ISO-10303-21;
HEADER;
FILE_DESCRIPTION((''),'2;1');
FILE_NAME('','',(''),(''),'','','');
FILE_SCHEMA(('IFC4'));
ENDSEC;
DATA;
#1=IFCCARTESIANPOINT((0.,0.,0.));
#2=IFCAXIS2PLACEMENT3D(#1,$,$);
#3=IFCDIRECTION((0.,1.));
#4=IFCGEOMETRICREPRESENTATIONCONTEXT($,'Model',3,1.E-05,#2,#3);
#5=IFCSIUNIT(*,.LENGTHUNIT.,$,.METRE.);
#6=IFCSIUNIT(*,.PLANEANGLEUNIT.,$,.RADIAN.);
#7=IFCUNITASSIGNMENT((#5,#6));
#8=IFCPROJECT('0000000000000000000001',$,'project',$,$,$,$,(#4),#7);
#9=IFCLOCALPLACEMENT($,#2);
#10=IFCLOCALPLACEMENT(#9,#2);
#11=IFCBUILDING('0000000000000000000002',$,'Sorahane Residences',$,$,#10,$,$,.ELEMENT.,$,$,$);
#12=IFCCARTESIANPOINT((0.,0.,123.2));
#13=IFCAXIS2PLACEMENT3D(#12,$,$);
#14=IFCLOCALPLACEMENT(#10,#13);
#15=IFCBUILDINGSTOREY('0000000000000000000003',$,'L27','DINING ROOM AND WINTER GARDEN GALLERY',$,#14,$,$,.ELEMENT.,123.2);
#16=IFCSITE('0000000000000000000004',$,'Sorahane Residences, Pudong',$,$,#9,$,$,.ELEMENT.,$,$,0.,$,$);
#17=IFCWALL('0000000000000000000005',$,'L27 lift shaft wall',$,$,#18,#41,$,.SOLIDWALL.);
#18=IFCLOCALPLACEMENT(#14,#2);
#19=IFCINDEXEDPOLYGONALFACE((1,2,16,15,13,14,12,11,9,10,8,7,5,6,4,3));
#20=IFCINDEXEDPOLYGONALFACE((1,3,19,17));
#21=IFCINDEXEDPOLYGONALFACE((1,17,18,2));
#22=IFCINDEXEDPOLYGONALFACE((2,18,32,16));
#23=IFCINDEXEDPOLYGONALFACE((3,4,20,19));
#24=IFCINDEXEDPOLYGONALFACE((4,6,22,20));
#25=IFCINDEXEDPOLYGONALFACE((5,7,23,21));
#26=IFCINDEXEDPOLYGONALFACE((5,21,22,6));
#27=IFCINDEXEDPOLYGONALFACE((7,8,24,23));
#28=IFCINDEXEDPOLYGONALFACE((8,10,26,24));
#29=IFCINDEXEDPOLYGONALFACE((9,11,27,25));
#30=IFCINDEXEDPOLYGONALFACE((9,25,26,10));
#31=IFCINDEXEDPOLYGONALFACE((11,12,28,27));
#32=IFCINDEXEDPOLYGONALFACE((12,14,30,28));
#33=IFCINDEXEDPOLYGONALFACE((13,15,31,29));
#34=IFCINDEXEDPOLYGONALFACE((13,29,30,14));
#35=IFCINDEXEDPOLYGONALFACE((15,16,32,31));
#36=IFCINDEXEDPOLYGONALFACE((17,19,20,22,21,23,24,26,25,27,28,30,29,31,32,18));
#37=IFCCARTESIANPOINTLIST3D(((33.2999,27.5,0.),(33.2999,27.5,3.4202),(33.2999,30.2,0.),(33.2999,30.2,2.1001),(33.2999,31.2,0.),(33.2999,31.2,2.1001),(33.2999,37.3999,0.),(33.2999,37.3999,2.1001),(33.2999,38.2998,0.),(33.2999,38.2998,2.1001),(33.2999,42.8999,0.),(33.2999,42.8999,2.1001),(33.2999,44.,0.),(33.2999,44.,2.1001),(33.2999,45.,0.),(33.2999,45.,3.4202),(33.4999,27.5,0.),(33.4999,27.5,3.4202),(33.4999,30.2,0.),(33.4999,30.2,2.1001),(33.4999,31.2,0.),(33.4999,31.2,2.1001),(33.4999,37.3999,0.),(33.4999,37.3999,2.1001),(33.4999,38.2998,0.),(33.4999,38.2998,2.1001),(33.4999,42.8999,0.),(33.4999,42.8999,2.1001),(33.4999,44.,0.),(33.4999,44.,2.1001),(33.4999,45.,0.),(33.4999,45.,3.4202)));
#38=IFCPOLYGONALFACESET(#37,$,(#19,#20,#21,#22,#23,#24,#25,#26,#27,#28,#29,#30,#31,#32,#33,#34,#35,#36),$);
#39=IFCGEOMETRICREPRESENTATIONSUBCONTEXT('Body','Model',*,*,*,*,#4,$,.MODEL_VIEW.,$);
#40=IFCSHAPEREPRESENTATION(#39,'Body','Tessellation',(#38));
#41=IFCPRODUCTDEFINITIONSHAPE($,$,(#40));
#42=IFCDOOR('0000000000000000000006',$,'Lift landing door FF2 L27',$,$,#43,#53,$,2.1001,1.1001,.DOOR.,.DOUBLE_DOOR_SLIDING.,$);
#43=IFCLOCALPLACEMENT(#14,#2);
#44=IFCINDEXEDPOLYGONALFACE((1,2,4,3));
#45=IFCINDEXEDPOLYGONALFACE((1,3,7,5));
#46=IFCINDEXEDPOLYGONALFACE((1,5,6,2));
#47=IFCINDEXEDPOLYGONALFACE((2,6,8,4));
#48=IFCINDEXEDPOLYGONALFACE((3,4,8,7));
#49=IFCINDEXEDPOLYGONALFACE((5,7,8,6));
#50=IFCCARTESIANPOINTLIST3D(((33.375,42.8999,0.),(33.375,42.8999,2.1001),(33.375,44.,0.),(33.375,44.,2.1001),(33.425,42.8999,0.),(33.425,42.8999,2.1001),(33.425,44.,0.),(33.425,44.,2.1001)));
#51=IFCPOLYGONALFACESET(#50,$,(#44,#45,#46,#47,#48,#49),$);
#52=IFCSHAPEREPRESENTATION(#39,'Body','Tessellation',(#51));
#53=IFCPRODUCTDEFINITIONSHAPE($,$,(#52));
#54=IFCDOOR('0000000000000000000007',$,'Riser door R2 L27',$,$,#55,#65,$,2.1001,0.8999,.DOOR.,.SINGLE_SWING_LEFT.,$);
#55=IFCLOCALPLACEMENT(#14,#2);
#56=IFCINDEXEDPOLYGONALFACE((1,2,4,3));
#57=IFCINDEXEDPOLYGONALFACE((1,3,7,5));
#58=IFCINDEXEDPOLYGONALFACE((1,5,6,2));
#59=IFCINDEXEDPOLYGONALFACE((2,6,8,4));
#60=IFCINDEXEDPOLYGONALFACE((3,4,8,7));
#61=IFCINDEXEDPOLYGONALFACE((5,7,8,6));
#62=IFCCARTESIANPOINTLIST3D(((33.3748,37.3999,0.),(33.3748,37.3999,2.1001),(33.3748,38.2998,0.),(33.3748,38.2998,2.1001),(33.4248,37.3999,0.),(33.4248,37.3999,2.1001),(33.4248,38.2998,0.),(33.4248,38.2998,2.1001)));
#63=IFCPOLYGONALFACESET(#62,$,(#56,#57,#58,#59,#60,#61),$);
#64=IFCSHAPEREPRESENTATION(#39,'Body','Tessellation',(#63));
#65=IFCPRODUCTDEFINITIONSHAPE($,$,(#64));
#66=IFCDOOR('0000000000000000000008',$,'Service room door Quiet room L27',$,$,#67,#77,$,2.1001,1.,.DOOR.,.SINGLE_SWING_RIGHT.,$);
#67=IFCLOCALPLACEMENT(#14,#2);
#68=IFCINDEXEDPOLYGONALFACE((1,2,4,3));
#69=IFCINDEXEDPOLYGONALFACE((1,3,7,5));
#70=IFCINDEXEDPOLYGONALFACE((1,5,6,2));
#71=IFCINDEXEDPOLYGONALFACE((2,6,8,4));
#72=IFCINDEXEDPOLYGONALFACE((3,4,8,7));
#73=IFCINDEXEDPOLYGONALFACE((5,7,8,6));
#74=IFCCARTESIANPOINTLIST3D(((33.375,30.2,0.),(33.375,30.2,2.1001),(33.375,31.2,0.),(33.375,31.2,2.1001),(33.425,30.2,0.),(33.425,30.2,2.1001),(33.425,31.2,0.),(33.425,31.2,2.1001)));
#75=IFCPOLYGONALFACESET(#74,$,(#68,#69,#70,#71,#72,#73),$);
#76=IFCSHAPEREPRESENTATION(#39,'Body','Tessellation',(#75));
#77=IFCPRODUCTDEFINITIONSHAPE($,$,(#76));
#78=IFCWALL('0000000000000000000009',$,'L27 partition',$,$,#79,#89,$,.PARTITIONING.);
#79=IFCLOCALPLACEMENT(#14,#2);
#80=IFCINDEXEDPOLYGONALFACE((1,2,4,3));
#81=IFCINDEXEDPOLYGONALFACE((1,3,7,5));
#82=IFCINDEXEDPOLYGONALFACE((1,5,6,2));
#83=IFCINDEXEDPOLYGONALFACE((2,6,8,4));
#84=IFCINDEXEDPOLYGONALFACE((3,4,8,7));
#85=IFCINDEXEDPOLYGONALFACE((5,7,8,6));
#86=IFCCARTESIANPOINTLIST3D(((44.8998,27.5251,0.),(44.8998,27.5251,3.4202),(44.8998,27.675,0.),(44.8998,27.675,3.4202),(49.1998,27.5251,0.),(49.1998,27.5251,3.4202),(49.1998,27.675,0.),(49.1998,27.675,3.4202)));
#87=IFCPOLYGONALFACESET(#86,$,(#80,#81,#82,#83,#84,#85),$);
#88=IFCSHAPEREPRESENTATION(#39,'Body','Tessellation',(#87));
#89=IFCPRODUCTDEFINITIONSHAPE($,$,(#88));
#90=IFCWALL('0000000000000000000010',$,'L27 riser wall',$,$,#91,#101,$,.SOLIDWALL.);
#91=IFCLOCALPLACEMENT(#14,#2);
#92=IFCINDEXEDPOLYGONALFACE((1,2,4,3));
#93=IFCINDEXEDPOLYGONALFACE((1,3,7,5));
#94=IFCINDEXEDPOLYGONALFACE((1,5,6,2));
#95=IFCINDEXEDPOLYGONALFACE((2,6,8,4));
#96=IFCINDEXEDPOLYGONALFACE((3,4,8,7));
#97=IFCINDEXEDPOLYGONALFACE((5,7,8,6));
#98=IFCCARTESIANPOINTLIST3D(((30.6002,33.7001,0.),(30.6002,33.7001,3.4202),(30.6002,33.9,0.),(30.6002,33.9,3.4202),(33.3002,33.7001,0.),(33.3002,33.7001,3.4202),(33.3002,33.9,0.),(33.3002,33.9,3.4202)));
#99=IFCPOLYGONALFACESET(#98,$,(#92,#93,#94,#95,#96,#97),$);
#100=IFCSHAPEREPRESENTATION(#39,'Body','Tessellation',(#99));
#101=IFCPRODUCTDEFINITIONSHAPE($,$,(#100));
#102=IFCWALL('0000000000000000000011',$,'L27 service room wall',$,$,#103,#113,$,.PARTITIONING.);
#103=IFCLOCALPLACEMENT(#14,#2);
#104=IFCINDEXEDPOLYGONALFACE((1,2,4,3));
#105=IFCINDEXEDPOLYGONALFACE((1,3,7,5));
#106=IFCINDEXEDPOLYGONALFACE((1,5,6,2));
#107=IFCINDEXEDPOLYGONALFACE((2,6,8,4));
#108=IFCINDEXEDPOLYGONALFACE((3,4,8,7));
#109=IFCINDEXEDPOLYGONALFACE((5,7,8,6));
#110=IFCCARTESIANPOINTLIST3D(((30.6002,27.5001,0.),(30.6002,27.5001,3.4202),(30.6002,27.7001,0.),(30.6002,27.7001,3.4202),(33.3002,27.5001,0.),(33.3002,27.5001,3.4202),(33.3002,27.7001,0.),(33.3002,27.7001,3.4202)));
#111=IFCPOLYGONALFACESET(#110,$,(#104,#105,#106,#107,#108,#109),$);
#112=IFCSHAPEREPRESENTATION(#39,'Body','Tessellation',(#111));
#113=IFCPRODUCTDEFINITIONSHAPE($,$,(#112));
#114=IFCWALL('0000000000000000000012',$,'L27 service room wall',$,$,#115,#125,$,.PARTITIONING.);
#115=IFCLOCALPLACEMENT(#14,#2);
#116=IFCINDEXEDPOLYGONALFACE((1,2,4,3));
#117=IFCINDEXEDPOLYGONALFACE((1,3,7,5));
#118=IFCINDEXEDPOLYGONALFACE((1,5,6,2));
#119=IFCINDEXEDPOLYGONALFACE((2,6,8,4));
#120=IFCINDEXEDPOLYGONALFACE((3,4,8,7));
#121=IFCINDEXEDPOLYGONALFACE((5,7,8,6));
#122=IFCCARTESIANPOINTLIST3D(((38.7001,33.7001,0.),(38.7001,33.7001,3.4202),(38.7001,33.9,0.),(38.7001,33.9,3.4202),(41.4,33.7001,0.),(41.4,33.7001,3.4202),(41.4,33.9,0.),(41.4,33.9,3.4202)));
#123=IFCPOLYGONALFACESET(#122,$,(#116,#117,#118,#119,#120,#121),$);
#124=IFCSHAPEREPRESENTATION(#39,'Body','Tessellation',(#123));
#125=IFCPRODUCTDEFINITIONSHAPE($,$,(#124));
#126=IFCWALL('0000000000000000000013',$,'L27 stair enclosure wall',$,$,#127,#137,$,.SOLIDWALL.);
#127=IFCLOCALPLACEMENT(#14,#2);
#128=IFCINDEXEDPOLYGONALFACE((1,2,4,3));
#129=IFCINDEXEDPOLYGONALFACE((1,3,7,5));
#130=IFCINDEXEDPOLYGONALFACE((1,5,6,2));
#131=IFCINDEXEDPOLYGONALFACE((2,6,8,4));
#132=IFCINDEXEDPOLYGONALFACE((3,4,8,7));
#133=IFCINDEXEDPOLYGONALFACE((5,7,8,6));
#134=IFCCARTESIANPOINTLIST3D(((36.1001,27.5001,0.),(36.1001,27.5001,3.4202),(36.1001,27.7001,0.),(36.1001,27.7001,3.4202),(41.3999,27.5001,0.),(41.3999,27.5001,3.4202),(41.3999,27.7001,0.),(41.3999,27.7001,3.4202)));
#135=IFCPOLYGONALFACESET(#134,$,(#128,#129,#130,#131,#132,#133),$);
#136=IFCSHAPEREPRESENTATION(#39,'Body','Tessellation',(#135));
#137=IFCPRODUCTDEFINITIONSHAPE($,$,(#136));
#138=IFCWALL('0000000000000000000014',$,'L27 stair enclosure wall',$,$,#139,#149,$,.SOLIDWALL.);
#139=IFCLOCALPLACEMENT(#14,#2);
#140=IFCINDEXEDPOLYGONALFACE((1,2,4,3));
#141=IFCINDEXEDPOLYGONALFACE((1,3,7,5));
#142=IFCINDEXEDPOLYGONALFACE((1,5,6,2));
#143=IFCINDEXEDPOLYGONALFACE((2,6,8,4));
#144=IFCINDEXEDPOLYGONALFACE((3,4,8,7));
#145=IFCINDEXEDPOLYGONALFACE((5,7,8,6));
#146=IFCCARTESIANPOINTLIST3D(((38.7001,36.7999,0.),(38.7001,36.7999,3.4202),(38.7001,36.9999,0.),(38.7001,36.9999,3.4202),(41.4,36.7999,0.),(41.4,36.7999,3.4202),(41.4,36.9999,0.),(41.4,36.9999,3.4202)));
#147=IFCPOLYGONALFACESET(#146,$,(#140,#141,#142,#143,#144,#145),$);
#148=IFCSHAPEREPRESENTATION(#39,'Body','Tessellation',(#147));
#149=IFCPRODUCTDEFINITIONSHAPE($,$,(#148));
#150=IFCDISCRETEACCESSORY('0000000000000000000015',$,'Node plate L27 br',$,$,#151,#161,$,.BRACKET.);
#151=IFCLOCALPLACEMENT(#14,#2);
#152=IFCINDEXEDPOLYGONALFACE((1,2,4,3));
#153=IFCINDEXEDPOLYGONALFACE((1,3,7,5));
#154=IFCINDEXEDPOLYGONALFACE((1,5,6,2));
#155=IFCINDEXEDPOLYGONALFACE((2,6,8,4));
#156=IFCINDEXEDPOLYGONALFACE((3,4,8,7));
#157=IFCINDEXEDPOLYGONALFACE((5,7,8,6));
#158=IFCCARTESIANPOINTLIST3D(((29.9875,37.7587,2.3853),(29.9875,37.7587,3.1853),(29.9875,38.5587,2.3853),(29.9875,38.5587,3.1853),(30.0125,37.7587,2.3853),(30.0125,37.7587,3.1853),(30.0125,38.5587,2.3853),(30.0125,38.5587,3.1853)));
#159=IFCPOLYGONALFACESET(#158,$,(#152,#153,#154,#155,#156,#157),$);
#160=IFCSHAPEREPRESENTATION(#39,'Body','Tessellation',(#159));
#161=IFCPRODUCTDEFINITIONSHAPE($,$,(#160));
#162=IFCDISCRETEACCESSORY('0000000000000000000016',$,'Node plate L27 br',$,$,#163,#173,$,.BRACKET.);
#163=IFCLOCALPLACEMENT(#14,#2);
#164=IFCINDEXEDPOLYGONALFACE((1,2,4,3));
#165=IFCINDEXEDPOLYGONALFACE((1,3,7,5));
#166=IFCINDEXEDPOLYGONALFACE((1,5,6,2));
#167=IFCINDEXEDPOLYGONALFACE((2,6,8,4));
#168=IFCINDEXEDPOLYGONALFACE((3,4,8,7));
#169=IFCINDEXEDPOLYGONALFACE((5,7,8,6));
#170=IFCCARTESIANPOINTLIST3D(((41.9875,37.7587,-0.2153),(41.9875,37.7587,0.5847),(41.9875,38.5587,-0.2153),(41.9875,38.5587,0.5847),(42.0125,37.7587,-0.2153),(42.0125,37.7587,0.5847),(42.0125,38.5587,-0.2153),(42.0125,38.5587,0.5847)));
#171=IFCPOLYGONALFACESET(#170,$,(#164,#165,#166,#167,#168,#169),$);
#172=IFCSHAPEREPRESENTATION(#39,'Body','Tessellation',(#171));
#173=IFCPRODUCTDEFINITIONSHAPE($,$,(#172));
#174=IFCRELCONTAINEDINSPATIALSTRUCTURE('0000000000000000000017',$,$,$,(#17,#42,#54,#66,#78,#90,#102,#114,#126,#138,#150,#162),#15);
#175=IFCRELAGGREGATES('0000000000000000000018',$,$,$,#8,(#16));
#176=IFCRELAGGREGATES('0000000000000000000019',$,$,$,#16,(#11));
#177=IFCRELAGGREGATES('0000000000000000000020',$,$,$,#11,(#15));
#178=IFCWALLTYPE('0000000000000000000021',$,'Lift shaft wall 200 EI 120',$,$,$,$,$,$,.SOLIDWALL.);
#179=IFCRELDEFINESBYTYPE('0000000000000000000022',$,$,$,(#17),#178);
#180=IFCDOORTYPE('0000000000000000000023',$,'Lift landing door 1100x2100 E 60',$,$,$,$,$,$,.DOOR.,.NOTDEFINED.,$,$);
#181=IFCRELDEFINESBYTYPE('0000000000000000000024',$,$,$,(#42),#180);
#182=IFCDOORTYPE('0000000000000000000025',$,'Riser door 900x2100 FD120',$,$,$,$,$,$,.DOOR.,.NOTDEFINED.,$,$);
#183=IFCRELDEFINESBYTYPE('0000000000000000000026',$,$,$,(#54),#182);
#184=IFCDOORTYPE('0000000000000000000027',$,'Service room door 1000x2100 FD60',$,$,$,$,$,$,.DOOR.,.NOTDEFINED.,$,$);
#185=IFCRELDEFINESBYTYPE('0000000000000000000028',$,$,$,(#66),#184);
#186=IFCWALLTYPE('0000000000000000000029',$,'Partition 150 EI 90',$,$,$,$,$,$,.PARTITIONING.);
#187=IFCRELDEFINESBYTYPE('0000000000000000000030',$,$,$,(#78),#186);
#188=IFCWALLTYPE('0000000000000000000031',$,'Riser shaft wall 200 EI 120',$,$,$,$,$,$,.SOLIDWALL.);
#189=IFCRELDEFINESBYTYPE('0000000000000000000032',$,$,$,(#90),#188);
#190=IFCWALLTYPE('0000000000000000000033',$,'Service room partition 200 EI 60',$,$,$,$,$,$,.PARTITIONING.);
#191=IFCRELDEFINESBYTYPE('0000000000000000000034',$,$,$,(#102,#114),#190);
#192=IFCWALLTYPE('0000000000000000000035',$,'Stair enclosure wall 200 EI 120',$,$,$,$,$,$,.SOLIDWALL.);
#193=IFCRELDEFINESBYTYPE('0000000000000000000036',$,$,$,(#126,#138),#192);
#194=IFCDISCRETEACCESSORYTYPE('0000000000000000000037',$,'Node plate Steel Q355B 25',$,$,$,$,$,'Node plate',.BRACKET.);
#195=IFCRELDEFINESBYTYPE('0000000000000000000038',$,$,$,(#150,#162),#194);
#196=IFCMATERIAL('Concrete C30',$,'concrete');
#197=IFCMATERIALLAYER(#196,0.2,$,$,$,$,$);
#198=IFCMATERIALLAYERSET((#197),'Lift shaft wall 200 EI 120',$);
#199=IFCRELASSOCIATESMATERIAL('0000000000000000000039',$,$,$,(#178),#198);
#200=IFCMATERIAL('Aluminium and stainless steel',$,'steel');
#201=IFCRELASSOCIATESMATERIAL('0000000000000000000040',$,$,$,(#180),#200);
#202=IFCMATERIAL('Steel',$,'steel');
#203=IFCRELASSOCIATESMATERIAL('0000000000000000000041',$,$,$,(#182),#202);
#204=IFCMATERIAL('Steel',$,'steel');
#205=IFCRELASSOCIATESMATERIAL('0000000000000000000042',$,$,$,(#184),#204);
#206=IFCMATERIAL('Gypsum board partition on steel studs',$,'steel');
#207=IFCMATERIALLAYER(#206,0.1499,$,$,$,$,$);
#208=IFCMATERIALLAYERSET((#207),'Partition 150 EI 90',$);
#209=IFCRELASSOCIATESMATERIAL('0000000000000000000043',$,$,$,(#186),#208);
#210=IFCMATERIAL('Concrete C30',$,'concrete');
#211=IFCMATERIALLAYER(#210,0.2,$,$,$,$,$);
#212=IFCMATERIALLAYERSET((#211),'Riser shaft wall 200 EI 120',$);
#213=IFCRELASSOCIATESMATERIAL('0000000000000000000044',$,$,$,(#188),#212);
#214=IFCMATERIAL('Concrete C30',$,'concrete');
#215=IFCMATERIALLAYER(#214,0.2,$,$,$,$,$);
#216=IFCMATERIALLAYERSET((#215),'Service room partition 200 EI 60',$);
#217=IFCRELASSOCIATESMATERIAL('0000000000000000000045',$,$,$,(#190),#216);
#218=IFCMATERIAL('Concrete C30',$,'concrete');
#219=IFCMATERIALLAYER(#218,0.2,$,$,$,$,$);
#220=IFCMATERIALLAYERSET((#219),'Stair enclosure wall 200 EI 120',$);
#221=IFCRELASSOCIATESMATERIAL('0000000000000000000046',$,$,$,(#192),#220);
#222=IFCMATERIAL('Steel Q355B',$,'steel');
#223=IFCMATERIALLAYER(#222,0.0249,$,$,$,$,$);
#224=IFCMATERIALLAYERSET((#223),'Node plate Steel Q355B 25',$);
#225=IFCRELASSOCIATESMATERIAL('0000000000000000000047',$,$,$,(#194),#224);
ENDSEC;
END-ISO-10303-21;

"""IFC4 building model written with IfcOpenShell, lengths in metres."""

from ifc_helpers import new_model, si_unit, direction, frame, frame_2d, origin, origin_2d, place, context, subcontext, project, spatial, rectangle, extrude, material, layer, layer_set, type_object, element, fill, save


model = new_model("IFC4")

# Units and contexts
model_context = context("Model", 3, precision=1e-05, world=origin(), true_north=direction((0.0, 1.0)))
body_context = subcontext(model_context, "Body", "Model", "MODEL_VIEW")
ifc_project = project(units=[si_unit("LENGTHUNIT", "METRE"), si_unit("PLANEANGLEUNIT", "RADIAN")], contexts=[model_context])

# Site, building, storey
site_placement = place(None, origin())
site = spatial("IfcSite", under=ifc_project, at=site_placement, Name="Sorahane Residences, Pudong", CompositionType="ELEMENT", RefElevation=0.0)
building_placement = place(site_placement, origin())
building = spatial("IfcBuilding", under=site, at=building_placement, Name="Sorahane Residences", CompositionType="ELEMENT")
storey_placement = place(building_placement, frame((0.0, 0.0, 123.2)))
storey = spatial("IfcBuildingStorey", under=building, at=storey_placement, Name="L27", Description="DINING ROOM AND WINTER GARDEN GALLERY", CompositionType="ELEMENT", Elevation=123.2)

# Wall, openings, doors
ifc_material_1 = material(Name="Concrete C30", Category="concrete")
ifc_layer_1 = layer(ifc_material_1, 0.2)
ifc_layer_set_1 = layer_set([ifc_layer_1], Name="Lift shaft wall 200 EI 120")
wall_type_1 = type_object("IfcWallType", Name="Lift shaft wall 200 EI 120", PredefinedType="SOLIDWALL", material=ifc_layer_set_1)
wall_1_placement = place(storey_placement, frame((33.3999, 27.5, 0.0), z_axis=(0.0, 0.0, 1.0), x_axis=(0.0, 1.0, 0.0)))
wall_1 = element("IfcWall", 1, at=wall_1_placement, inside=storey, type_object=wall_type_1, Name="L27 lift shaft wall", PredefinedType="SOLIDWALL", context=body_context, shape_type="SweptSolid", body=[
    extrude(rectangle(XDim=17.5, YDim=0.2, at=frame_2d((8.75, 0.0))), origin(), (0.0, 0.0, 1.0), 3.4202),
])
opening_1_placement = place(wall_1_placement, frame((15.3999, 0.0, 0.0)))
opening_1 = element("IfcOpeningElement", 2, at=opening_1_placement, cuts=wall_1, PredefinedType="OPENING", context=body_context, shape_type="SweptSolid", body=[
    extrude(rectangle(XDim=1.1001, YDim=2.1001, at=frame_2d((0.55, 1.05))), frame((0.0, 0.1099, 0.0), z_axis=(0.0, -1.0, 0.0), x_axis=(1.0, 0.0, 0.0)), (0.0, 0.0, 1.0), 0.22),
])
opening_2_placement = place(wall_1_placement, frame((2.7, 0.0, 0.0)))
opening_2 = element("IfcOpeningElement", 3, at=opening_2_placement, cuts=wall_1, PredefinedType="OPENING", context=body_context, shape_type="SweptSolid", body=[
    extrude(rectangle(XDim=1.0, YDim=2.1001, at=frame_2d((0.5, 1.05))), frame((0.0, 0.1099, 0.0), z_axis=(0.0, -1.0, 0.0), x_axis=(1.0, 0.0, 0.0)), (0.0, 0.0, 1.0), 0.22),
])
opening_3_placement = place(wall_1_placement, frame((9.8999, 0.0, 0.0)))
opening_3 = element("IfcOpeningElement", 4, at=opening_3_placement, cuts=wall_1, PredefinedType="OPENING", context=body_context, shape_type="SweptSolid", body=[
    extrude(rectangle(XDim=0.8999, YDim=2.1001, at=frame_2d((0.45, 1.05))), frame((0.0, 0.1099, 0.0), z_axis=(0.0, -1.0, 0.0), x_axis=(1.0, 0.0, 0.0)), (0.0, 0.0, 1.0), 0.22),
])
ifc_material_2 = material(Name="Aluminium and stainless steel", Category="steel")
door_type_1 = type_object("IfcDoorType", Name="Lift landing door 1100x2100 E 60", OperationType="NOTDEFINED", PredefinedType="DOOR", material=ifc_material_2)
door_1_placement = place(opening_1_placement, origin())
door_1 = element("IfcDoor", 5, at=door_1_placement, inside=storey, type_object=door_type_1, Name="Lift landing door FF2 L27", OperationType="DOUBLE_DOOR_SLIDING", OverallHeight=2.1001, OverallWidth=1.1001, PredefinedType="DOOR", context=body_context, shape_type="SweptSolid", body=[
    extrude(rectangle(XDim=1.1001, YDim=2.1001, at=frame_2d((0.55, 1.05))), frame((0.0, 0.0249, 0.0), z_axis=(0.0, -1.0, 0.0), x_axis=(1.0, 0.0, 0.0)), (0.0, 0.0, 1.0), 0.05),
])
fill(opening_1, door_1)
ifc_material_3 = material(Name="Steel", Category="steel")
door_type_2 = type_object("IfcDoorType", Name="Riser door 900x2100 FD120", OperationType="NOTDEFINED", PredefinedType="DOOR", material=ifc_material_3)
door_2_placement = place(opening_3_placement, frame((0.8999, 0.0, 0.0), z_axis=(0.0, 0.0, 1.0), x_axis=(-1.0, 0.0, 0.0)))
door_2 = element("IfcDoor", 6, at=door_2_placement, inside=storey, type_object=door_type_2, Name="Riser door R2 L27", OperationType="SINGLE_SWING_LEFT", OverallHeight=2.1001, OverallWidth=0.8999, PredefinedType="DOOR", context=body_context, shape_type="SweptSolid", body=[
    extrude(rectangle(XDim=0.8999, YDim=2.1001, at=frame_2d((0.45, 1.05))), frame((0.0, 0.0249, 0.0), z_axis=(0.0, -1.0, 0.0), x_axis=(1.0, 0.0, 0.0)), (0.0, 0.0, 1.0), 0.05),
])
fill(opening_3, door_2)
ifc_material_4 = material(Name="Steel", Category="steel")
door_type_3 = type_object("IfcDoorType", Name="Service room door 1000x2100 FD60", OperationType="NOTDEFINED", PredefinedType="DOOR", material=ifc_material_4)
door_3_placement = place(opening_2_placement, origin())
door_3 = element("IfcDoor", 7, at=door_3_placement, inside=storey, type_object=door_type_3, Name="Service room door Quiet room L27", OperationType="SINGLE_SWING_RIGHT", OverallHeight=2.1001, OverallWidth=1.0, PredefinedType="DOOR", context=body_context, shape_type="SweptSolid", body=[
    extrude(rectangle(XDim=1.0, YDim=2.1001, at=frame_2d((0.5, 1.05))), frame((0.0, 0.0249, 0.0), z_axis=(0.0, -1.0, 0.0), x_axis=(1.0, 0.0, 0.0)), (0.0, 0.0, 1.0), 0.05),
])
fill(opening_2, door_3)

# Walls
ifc_material_5 = material(Name="Gypsum board partition on steel studs", Category="steel")
ifc_layer_2 = layer(ifc_material_5, 0.1499)
ifc_layer_set_2 = layer_set([ifc_layer_2], Name="Partition 150 EI 90")
wall_type_2 = type_object("IfcWallType", Name="Partition 150 EI 90", PredefinedType="PARTITIONING", material=ifc_layer_set_2)
wall_2_placement = place(storey_placement, frame((44.8999, 27.6001, 0.0), z_axis=(0.0, 0.0, 1.0), x_axis=(1.0, 0.0, 0.0)))
element("IfcWall", 8, at=wall_2_placement, inside=storey, type_object=wall_type_2, Name="L27 partition", PredefinedType="PARTITIONING", context=body_context, shape_type="SweptSolid", body=[
    extrude(rectangle(XDim=4.3, YDim=0.1499, at=frame_2d((2.1499, 0.0))), origin(), (0.0, 0.0, 1.0), 3.4202),
])
ifc_material_6 = material(Name="Concrete C30", Category="concrete")
ifc_layer_3 = layer(ifc_material_6, 0.2)
ifc_layer_set_3 = layer_set([ifc_layer_3], Name="Riser shaft wall 200 EI 120")
wall_type_3 = type_object("IfcWallType", Name="Riser shaft wall 200 EI 120", PredefinedType="SOLIDWALL", material=ifc_layer_set_3)
wall_3_placement = place(storey_placement, frame((30.6001, 33.8, 0.0), z_axis=(0.0, 0.0, 1.0), x_axis=(1.0, 0.0, 0.0)))
element("IfcWall", 9, at=wall_3_placement, inside=storey, type_object=wall_type_3, Name="L27 riser wall", PredefinedType="SOLIDWALL", context=body_context, shape_type="SweptSolid", body=[
    extrude(rectangle(XDim=2.7, YDim=0.2, at=frame_2d((1.3501, 0.0))), origin(), (0.0, 0.0, 1.0), 3.4202),
])
ifc_material_7 = material(Name="Concrete C30", Category="concrete")
ifc_layer_4 = layer(ifc_material_7, 0.2)
ifc_layer_set_4 = layer_set([ifc_layer_4], Name="Service room partition 200 EI 60")
wall_type_4 = type_object("IfcWallType", Name="Service room partition 200 EI 60", PredefinedType="PARTITIONING", material=ifc_layer_set_4)
for number, where, z_axis, x_axis, name in (
    (10, (30.6001, 27.6001, 0.0), (0.0, 0.0, 1.0), (1.0, 0.0, 0.0), "L27 service room wall"),
    (11, (38.7, 33.8, 0.0), (0.0, 0.0, 1.0), (1.0, 0.0, 0.0), "L27 service room wall"),
):
    element("IfcWall", number, at=place(storey_placement, frame(where, z_axis=z_axis, x_axis=x_axis)), inside=storey, type_object=wall_type_4, Name=name, PredefinedType="PARTITIONING", context=body_context, shape_type="SweptSolid", body=[
        extrude(rectangle(XDim=2.7, YDim=0.2, at=frame_2d((1.3501, 0.0))), origin(), (0.0, 0.0, 1.0), 3.4202),
    ])
ifc_material_8 = material(Name="Concrete C30", Category="concrete")
ifc_layer_5 = layer(ifc_material_8, 0.2)
ifc_layer_set_5 = layer_set([ifc_layer_5], Name="Stair enclosure wall 200 EI 120")
wall_type_5 = type_object("IfcWallType", Name="Stair enclosure wall 200 EI 120", PredefinedType="SOLIDWALL", material=ifc_layer_set_5)
wall_4_placement = place(storey_placement, frame((36.1001, 27.6001, 0.0), z_axis=(0.0, 0.0, 1.0), x_axis=(1.0, 0.0, 0.0)))
element("IfcWall", 12, at=wall_4_placement, inside=storey, type_object=wall_type_5, Name="L27 stair enclosure wall", PredefinedType="SOLIDWALL", context=body_context, shape_type="SweptSolid", body=[
    extrude(rectangle(XDim=5.2998, YDim=0.2, at=frame_2d((2.6499, 0.0))), origin(), (0.0, 0.0, 1.0), 3.4202),
])
wall_5_placement = place(storey_placement, frame((38.7, 36.8999, 0.0), z_axis=(0.0, 0.0, 1.0), x_axis=(1.0, 0.0, 0.0)))
element("IfcWall", 13, at=wall_5_placement, inside=storey, type_object=wall_type_5, Name="L27 stair enclosure wall", PredefinedType="SOLIDWALL", context=body_context, shape_type="SweptSolid", body=[
    extrude(rectangle(XDim=2.7, YDim=0.2, at=frame_2d((1.3501, 0.0))), origin(), (0.0, 0.0, 1.0), 3.4202),
])

# Discrete accessories
ifc_material_9 = material(Name="Steel Q355B", Category="steel")
ifc_layer_6 = layer(ifc_material_9, 0.0249)
ifc_layer_set_6 = layer_set([ifc_layer_6], Name="Node plate Steel Q355B 25")
discrete_accessory_type = type_object("IfcDiscreteAccessoryType", Name="Node plate Steel Q355B 25", ElementType="Node plate", PredefinedType="BRACKET", material=ifc_layer_set_6)
for number, where, z_axis, x_axis, name in (
    (14, (30.0, 38.1587, 2.3853), (0.0, 0.0, 1.0), (0.0, 1.0, 0.0), "Node plate L27 br"),
    (15, (42.0, 38.1587, -0.2153), (0.0, 0.0, 1.0), (0.0, 1.0, 0.0), "Node plate L27 br"),
):
    element("IfcDiscreteAccessory", number, at=place(storey_placement, frame(where, z_axis=z_axis, x_axis=x_axis)), inside=storey, type_object=discrete_accessory_type, Name=name, PredefinedType="BRACKET", context=body_context, shape_type="SweptSolid", body=[
        extrude(rectangle(XDim=0.8, YDim=0.0249, at=origin_2d()), origin(), (0.0, 0.0, 1.0), 0.8),
    ])

save(model, "model.ifc")
